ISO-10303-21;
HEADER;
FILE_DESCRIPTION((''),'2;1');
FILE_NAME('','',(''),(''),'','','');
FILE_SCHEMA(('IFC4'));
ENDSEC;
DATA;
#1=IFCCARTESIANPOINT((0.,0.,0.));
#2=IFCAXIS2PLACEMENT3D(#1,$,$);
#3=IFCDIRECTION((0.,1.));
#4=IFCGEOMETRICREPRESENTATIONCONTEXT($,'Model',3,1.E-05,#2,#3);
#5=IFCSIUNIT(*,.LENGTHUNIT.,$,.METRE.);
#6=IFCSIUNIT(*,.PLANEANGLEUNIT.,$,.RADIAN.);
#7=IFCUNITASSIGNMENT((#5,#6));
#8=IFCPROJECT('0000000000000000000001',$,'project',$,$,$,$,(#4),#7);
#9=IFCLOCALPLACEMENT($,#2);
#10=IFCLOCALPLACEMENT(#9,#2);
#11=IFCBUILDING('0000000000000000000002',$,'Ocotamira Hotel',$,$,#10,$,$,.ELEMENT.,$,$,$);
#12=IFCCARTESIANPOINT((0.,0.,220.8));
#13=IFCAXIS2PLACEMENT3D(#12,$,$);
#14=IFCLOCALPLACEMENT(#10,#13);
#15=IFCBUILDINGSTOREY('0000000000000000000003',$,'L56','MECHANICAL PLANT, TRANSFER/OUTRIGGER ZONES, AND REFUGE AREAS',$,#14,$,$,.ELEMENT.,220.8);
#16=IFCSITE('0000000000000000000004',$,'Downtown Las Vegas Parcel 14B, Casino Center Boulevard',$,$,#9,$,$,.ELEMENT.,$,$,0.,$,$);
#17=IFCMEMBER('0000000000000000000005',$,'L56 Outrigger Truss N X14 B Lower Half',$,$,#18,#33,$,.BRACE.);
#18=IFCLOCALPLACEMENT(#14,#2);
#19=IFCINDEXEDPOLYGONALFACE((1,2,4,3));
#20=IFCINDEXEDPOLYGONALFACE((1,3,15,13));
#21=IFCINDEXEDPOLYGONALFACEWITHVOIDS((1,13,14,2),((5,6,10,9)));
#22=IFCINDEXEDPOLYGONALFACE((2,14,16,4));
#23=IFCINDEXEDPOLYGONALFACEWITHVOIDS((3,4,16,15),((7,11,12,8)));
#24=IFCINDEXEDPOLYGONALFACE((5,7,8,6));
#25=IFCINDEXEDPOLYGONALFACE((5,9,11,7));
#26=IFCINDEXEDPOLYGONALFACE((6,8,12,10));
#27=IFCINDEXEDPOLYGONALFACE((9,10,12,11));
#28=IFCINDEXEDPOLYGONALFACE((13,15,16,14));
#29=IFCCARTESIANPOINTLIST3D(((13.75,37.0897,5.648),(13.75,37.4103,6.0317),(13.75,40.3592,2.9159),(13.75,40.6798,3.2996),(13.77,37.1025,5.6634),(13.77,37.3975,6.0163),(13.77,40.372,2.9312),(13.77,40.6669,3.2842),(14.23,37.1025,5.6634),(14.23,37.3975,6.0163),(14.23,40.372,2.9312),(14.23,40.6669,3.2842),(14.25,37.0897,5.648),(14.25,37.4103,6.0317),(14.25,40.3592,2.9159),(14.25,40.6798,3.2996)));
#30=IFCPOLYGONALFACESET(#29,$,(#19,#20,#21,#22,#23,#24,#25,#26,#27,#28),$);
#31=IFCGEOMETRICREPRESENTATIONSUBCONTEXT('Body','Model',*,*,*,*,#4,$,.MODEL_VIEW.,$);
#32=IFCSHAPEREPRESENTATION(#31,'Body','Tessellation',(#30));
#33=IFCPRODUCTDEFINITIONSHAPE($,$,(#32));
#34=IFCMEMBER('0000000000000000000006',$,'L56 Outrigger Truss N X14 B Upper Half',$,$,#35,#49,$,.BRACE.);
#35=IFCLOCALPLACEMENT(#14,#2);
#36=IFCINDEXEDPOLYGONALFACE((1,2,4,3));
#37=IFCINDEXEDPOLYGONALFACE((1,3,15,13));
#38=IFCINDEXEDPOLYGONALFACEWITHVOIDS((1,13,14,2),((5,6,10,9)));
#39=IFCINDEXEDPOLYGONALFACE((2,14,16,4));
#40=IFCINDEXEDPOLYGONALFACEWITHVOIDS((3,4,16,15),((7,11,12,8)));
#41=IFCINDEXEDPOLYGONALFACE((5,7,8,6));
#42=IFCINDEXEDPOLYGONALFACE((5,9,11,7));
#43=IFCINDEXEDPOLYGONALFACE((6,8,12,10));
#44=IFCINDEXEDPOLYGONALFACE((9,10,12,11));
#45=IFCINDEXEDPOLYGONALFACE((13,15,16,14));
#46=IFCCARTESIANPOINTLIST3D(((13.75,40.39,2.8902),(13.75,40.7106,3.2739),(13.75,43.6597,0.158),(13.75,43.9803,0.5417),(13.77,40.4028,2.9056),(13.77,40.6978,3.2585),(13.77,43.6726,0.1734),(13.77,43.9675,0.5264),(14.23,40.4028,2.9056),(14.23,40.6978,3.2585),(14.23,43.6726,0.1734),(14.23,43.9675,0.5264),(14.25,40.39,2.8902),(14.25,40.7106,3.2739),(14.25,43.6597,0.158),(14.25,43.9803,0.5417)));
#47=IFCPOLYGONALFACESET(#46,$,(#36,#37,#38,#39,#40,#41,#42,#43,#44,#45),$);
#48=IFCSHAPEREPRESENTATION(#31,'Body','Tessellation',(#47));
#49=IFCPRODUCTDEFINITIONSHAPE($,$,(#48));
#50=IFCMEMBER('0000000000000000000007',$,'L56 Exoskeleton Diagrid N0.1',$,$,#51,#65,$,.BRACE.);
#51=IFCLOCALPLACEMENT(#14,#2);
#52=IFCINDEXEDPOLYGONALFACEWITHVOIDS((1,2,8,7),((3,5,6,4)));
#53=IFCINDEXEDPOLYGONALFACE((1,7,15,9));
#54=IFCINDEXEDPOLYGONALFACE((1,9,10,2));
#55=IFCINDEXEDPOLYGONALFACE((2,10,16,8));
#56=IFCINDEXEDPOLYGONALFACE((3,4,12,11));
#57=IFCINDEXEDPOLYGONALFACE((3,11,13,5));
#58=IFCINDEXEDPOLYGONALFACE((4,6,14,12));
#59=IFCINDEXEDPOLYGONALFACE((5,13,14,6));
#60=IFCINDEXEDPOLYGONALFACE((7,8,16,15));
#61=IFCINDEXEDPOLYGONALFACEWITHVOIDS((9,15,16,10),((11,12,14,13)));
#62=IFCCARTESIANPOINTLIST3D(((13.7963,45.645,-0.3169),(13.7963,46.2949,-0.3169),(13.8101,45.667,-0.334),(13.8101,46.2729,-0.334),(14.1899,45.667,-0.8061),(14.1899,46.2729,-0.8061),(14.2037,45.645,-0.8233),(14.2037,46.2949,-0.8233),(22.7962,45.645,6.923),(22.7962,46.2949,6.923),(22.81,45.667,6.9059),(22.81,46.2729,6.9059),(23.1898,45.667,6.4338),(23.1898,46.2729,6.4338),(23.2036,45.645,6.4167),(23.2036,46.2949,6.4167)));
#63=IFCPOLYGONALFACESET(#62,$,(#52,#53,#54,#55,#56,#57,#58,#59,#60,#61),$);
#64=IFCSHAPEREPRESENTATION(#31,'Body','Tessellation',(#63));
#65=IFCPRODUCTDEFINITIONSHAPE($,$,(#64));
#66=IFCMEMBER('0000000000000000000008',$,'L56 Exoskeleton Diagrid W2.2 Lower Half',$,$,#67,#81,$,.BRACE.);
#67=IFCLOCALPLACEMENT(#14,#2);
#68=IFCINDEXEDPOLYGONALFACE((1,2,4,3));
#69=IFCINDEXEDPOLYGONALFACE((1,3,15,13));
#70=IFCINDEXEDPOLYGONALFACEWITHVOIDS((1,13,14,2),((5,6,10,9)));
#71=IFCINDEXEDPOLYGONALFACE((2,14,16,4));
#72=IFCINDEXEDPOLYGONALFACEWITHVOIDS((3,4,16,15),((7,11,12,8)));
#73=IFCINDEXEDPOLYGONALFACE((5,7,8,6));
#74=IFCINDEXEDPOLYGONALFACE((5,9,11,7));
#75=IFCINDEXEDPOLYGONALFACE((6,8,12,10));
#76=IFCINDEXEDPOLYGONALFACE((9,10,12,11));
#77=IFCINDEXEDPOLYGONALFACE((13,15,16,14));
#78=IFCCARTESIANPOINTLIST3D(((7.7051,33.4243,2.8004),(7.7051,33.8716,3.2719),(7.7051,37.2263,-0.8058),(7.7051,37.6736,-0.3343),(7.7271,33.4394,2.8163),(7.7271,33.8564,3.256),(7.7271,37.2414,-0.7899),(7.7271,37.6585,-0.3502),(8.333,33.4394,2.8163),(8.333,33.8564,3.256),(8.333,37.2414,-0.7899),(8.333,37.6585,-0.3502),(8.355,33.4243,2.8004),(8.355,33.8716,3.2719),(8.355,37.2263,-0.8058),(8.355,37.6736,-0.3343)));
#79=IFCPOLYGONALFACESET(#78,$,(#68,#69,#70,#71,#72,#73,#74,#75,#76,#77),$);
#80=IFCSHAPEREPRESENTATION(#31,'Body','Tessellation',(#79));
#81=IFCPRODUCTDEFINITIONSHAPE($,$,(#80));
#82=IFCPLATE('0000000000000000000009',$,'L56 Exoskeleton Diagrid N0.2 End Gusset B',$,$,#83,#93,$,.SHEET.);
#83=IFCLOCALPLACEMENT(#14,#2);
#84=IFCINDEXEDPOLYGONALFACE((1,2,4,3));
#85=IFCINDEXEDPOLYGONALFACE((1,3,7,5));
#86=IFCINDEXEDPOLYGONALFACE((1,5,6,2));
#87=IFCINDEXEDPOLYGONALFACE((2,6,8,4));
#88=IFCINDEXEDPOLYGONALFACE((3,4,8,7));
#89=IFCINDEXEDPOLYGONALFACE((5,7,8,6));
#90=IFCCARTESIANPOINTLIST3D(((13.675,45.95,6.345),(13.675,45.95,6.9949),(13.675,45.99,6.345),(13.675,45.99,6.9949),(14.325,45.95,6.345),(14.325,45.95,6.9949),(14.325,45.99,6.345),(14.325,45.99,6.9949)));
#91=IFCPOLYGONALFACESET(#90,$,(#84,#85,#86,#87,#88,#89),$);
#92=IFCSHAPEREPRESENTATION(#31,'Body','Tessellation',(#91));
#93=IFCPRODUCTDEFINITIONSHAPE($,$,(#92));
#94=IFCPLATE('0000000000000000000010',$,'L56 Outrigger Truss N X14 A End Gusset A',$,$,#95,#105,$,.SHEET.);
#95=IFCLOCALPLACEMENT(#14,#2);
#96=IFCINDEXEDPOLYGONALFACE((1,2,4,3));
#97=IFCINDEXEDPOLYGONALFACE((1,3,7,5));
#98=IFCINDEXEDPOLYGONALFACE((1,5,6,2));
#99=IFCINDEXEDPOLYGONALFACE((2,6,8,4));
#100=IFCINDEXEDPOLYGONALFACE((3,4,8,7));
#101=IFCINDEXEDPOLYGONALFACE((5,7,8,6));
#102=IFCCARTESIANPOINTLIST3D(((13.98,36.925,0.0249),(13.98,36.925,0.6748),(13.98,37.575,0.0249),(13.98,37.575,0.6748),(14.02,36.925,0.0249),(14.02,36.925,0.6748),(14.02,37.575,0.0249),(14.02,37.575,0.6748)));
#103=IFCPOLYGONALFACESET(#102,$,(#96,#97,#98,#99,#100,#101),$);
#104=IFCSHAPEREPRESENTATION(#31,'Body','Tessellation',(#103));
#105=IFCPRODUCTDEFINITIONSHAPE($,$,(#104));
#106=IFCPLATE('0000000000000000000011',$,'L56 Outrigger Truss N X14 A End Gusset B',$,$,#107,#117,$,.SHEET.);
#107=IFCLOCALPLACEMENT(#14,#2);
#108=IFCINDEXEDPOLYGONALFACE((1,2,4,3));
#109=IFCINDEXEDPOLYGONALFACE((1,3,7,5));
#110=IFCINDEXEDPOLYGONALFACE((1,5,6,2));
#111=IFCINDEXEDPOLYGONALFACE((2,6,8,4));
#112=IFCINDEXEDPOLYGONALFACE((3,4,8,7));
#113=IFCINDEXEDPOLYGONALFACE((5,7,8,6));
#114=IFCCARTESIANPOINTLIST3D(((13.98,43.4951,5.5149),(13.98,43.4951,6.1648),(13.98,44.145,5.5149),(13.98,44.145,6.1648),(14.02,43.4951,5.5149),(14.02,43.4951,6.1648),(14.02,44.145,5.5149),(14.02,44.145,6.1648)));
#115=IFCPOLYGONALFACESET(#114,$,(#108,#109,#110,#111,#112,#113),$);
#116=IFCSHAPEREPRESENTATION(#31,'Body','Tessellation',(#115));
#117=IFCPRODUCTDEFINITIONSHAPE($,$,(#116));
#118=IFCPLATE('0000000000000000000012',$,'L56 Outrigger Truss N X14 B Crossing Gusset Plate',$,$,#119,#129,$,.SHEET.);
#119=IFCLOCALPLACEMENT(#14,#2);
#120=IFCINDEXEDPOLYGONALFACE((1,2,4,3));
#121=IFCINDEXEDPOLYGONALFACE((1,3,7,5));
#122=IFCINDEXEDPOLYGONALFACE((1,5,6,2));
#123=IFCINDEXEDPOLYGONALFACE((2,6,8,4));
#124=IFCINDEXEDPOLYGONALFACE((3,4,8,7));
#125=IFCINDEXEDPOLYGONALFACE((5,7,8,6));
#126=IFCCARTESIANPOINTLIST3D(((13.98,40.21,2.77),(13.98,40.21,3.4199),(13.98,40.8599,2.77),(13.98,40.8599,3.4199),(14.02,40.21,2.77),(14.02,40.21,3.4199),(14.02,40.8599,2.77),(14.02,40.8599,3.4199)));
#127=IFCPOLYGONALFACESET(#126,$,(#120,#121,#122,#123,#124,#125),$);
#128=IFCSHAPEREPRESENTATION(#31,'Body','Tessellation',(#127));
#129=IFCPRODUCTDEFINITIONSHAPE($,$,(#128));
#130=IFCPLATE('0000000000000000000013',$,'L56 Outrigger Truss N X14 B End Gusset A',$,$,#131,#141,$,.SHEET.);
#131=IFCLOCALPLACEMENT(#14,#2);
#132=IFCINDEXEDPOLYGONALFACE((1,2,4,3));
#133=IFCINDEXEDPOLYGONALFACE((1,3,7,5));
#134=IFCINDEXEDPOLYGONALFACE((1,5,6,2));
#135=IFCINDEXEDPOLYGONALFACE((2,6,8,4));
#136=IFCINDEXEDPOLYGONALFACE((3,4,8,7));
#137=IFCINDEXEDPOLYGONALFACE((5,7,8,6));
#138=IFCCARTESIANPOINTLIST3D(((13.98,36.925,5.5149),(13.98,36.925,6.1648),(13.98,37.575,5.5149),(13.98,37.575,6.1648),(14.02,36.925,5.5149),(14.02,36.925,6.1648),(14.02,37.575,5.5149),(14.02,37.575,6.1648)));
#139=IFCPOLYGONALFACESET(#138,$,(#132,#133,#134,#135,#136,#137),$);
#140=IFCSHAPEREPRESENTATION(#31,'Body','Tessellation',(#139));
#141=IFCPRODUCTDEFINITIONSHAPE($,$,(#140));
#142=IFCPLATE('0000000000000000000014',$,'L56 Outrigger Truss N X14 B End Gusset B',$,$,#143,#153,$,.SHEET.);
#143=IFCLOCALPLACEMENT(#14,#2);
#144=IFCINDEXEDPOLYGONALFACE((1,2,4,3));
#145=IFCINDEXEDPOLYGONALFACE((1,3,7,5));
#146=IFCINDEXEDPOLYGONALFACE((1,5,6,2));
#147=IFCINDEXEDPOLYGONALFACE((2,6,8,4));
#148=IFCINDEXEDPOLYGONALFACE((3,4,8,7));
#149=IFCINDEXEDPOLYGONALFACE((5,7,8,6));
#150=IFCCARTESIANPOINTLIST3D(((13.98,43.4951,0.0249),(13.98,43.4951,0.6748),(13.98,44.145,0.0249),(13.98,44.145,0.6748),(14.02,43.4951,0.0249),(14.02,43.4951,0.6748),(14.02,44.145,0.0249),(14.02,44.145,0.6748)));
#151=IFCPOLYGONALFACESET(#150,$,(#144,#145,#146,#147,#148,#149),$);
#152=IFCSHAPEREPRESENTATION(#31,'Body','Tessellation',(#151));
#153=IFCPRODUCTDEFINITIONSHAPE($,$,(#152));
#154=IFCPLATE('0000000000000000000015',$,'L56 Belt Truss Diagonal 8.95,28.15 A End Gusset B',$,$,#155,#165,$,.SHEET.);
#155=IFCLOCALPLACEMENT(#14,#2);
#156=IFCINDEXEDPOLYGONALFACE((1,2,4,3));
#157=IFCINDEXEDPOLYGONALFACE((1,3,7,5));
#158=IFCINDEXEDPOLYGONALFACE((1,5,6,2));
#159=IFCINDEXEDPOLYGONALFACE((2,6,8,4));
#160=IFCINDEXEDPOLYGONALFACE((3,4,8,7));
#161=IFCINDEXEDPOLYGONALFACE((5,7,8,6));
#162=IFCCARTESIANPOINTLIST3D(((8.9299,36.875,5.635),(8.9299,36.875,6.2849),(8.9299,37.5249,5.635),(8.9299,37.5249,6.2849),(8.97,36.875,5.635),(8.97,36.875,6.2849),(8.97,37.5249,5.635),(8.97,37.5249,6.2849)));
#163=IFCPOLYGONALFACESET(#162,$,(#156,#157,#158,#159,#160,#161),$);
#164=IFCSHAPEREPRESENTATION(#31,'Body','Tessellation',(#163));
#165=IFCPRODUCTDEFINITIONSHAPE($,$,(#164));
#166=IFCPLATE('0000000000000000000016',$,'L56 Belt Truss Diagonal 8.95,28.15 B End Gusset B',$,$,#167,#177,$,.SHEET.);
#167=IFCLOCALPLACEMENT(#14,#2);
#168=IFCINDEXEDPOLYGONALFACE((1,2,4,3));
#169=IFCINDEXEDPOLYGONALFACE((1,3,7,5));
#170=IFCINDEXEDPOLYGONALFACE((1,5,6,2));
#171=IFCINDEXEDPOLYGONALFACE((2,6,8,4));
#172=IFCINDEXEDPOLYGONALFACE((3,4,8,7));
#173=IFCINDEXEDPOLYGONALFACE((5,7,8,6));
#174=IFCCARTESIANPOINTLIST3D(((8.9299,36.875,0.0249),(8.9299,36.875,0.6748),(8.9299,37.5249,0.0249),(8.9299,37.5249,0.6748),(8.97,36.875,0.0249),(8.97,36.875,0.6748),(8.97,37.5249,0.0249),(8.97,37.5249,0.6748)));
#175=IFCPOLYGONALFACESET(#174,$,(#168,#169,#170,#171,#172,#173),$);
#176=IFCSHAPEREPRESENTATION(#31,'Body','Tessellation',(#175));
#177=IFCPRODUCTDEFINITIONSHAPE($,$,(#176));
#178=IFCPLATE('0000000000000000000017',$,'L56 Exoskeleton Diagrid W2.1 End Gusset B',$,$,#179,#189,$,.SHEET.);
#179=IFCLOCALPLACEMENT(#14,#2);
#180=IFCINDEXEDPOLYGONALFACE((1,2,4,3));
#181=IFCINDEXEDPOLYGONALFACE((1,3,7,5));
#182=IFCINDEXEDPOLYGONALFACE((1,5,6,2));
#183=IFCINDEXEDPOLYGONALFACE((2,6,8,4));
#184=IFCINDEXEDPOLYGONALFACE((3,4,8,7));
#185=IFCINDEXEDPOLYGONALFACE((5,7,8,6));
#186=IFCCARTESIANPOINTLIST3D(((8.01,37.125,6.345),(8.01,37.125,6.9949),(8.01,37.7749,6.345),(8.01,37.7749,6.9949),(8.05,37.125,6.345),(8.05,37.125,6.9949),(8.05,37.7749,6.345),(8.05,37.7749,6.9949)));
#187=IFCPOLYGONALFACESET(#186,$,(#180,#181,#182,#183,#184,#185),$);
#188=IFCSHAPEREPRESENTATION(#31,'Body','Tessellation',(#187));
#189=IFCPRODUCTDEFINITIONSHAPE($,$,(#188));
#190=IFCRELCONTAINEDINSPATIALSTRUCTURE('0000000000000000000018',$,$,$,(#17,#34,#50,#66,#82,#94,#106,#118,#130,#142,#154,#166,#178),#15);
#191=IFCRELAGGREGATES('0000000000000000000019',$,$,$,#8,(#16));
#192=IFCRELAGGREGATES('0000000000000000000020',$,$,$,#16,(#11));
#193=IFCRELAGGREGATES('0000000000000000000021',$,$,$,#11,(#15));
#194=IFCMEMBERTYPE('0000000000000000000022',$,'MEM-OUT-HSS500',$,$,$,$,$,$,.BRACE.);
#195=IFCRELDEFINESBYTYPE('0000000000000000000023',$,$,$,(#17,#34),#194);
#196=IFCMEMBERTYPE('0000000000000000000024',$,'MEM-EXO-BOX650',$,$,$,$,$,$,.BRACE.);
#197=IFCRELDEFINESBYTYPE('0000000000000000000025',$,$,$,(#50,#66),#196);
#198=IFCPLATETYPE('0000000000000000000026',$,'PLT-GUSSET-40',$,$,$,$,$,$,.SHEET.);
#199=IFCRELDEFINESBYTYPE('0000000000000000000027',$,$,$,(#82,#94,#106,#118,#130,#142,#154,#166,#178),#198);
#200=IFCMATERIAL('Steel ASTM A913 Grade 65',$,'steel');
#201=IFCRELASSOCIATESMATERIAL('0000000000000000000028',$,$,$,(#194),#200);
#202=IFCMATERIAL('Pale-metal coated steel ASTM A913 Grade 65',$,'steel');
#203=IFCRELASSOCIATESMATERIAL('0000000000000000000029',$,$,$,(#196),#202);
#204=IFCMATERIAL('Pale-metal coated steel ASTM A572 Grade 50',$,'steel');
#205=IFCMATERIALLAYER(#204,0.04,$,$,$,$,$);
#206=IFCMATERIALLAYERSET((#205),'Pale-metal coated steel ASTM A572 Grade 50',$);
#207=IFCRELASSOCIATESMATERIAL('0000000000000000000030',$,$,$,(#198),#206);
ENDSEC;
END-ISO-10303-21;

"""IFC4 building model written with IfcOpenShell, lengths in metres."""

from ifc_helpers import new_model, si_unit, direction, frame, origin, origin_2d, place, context, subcontext, project, spatial, rectangle, hollow_rectangle, extrude, source, transform, mapped, material, layer, layer_set, material_profile, profile_set, type_object, element, save


model = new_model("IFC4")

# Units and contexts
model_context = context("Model", 3, precision=1e-05, world=origin(), true_north=direction((0.0, 1.0)))
body_context = subcontext(model_context, "Body", "Model", "MODEL_VIEW")
ifc_project = project(units=[si_unit("LENGTHUNIT", "METRE"), si_unit("PLANEANGLEUNIT", "RADIAN")], contexts=[model_context])

# Site, building, storey
site_placement = place(None, origin())
site = spatial("IfcSite", under=ifc_project, at=site_placement, Name="Downtown Las Vegas Parcel 14B, Casino Center Boulevard", CompositionType="ELEMENT", RefElevation=0.0)
building_placement = place(site_placement, origin())
building = spatial("IfcBuilding", under=site, at=building_placement, Name="Ocotamira Hotel", CompositionType="ELEMENT")
storey_placement = place(building_placement, frame((0.0, 0.0, 220.8)))
storey = spatial("IfcBuildingStorey", under=building, at=storey_placement, Name="L56", Description="MECHANICAL PLANT, TRANSFER/OUTRIGGER ZONES, AND REFUGE AREAS", CompositionType="ELEMENT", Elevation=220.8)

# Shared definitions
ifc_material_1 = material(Name="Steel ASTM A913 Grade 65", Category="steel")

# Members
ifc_material_profile_1 = material_profile(ifc_material_1, hollow_rectangle(XDim=0.5, YDim=0.5, WallThickness=0.02, at=origin_2d()), Name="HSS500X500X20")
ifc_profile_set_1 = profile_set([ifc_material_profile_1], Name="Steel ASTM A913 Grade 65")
member_type_1 = type_object("IfcMemberType", Name="MEM-OUT-HSS500", PredefinedType="BRACE", material=ifc_profile_set_1)
shared_shape_1 = source(origin(), body_context, "Body", "SweptSolid", [
    extrude(hollow_rectangle(XDim=0.5, YDim=0.5, WallThickness=0.02, at=origin_2d()), origin(), (0.0, 0.0, 1.0), 4.2607),
])
member_1_placement = place(storey_placement, frame((14.0, 37.25, 5.8398), z_axis=(0.0, 0.767347, -0.641232), x_axis=(-1.0, 0.0, 0.0)))
element("IfcMember", 1, at=member_1_placement, inside=storey, type_object=member_type_1, Name="L56 Outrigger Truss N X14 B Lower Half", PredefinedType="BRACE", context=body_context, shape_type="MappedRepresentation", body=[
    mapped(shared_shape_1, transform((0.0, 0.0, 0.0), scale=1.0)),
])
shared_shape_2 = source(origin(), body_context, "Body", "SweptSolid", [
    extrude(hollow_rectangle(XDim=0.5, YDim=0.5, WallThickness=0.02, at=origin_2d()), origin(), (0.0, 0.0, 1.0), 4.261),
])
member_2_placement = place(storey_placement, frame((14.0, 40.5503, 3.082), z_axis=(0.0, 0.767371, -0.641204), x_axis=(-1.0, 0.0, 0.0)))
element("IfcMember", 2, at=member_2_placement, inside=storey, type_object=member_type_1, Name="L56 Outrigger Truss N X14 B Upper Half", PredefinedType="BRACE", context=body_context, shape_type="MappedRepresentation", body=[
    mapped(shared_shape_2, transform((0.0, 0.0, 0.0), scale=1.0)),
])
ifc_material_2 = material(Name="Pale-metal coated steel ASTM A913 Grade 65", Category="steel")
ifc_material_profile_2 = material_profile(ifc_material_2, hollow_rectangle(XDim=0.6499, YDim=0.6499, WallThickness=0.022, at=origin_2d()), Name="BOX650X650X22")
ifc_profile_set_2 = profile_set([ifc_material_profile_2], Name="Pale-metal coated steel ASTM A913 Grade 65")
member_type_2 = type_object("IfcMemberType", Name="MEM-EXO-BOX650", PredefinedType="BRACE", material=ifc_profile_set_2)
shared_shape_3 = source(origin(), body_context, "Body", "SweptSolid", [
    extrude(hollow_rectangle(XDim=0.6499, YDim=0.6499, WallThickness=0.022, at=origin_2d()), origin(), (0.0, 0.0, 1.0), 11.5505),
])
member_3_placement = place(storey_placement, frame((14.0, 45.97, -0.5701), z_axis=(0.779177, 0.0, 0.626804), x_axis=(0.0, 1.0, 0.0)))
element("IfcMember", 3, at=member_3_placement, inside=storey, type_object=member_type_2, Name="L56 Exoskeleton Diagrid N0.1", PredefinedType="BRACE", context=body_context, shape_type="MappedRepresentation", body=[
    mapped(shared_shape_3, transform((0.0, 0.0, 0.0), scale=1.0)),
])
shared_shape_4 = source(origin(), body_context, "Body", "SweptSolid", [
    extrude(hollow_rectangle(XDim=0.6499, YDim=0.6499, WallThickness=0.022, at=origin_2d()), origin(), (0.0, 0.0, 1.0), 5.2402),
])
member_4_placement = place(storey_placement, frame((8.03, 37.45, -0.5701), z_axis=(0.0, -0.725542, 0.688177), x_axis=(1.0, 0.0, 0.0)))
element("IfcMember", 4, at=member_4_placement, inside=storey, type_object=member_type_2, Name="L56 Exoskeleton Diagrid W2.2 Lower Half", PredefinedType="BRACE", context=body_context, shape_type="MappedRepresentation", body=[
    mapped(shared_shape_4, transform((0.0, 0.0, 0.0), scale=1.0)),
])

# Plates
ifc_material_3 = material(Name="Pale-metal coated steel ASTM A572 Grade 50", Category="steel")
ifc_layer_1 = layer(ifc_material_3, 0.04)
ifc_layer_set_1 = layer_set([ifc_layer_1], Name="Pale-metal coated steel ASTM A572 Grade 50")
plate_type = type_object("IfcPlateType", Name="PLT-GUSSET-40", PredefinedType="SHEET", material=ifc_layer_set_1)
shared_shape_5 = source(origin(), body_context, "Body", "SweptSolid", [
    extrude(rectangle(XDim=0.6499, YDim=0.04, at=origin_2d()), origin(), (0.0, 0.0, 1.0), 0.6499),
])
plate_placement = place(storey_placement, frame((14.0, 45.97, 6.345), z_axis=(0.0, 0.0, 1.0), x_axis=(-1.0, 0.0, 0.0)))
element("IfcPlate", 5, at=plate_placement, inside=storey, type_object=plate_type, Name="L56 Exoskeleton Diagrid N0.2 End Gusset B", PredefinedType="SHEET", context=body_context, shape_type="MappedRepresentation", body=[
    mapped(shared_shape_5, transform((0.0, 0.0, 0.0), scale=1.0)),
])
shared_shape_6 = source(origin(), body_context, "Body", "SweptSolid", [
    extrude(rectangle(XDim=0.04, YDim=0.6499, at=origin_2d()), origin(), (0.0, 0.0, 1.0), 0.6499),
])
for number, where, z_axis, x_axis, name in (
    (6, (14.0, 37.25, 0.0249), (0.0, 0.0, 1.0), (1.0, 0.0, 0.0), "L56 Outrigger Truss N X14 A End Gusset A"),
    (7, (14.0, 43.8201, 5.5149), (0.0, 0.0, 1.0), (1.0, 0.0, 0.0), "L56 Outrigger Truss N X14 A End Gusset B"),
    (8, (14.0, 40.5349, 2.77), (0.0, 0.0, 1.0), (1.0, 0.0, 0.0), "L56 Outrigger Truss N X14 B Crossing Gusset Plate"),
    (9, (14.0, 37.25, 5.5149), (0.0, 0.0, 1.0), (1.0, 0.0, 0.0), "L56 Outrigger Truss N X14 B End Gusset A"),
    (10, (14.0, 43.8201, 0.0249), (0.0, 0.0, 1.0), (1.0, 0.0, 0.0), "L56 Outrigger Truss N X14 B End Gusset B"),
    (11, (8.95, 37.2, 5.635), (0.0, 0.0, 1.0), (1.0, 0.0, 0.0), "L56 Belt Truss Diagonal 8.95,28.15 A End Gusset B"),
    (12, (8.95, 37.2, 0.0249), (0.0, 0.0, 1.0), (1.0, 0.0, 0.0), "L56 Belt Truss Diagonal 8.95,28.15 B End Gusset B"),
    (13, (8.03, 37.45, 6.345), (0.0, 0.0, 1.0), (1.0, 0.0, 0.0), "L56 Exoskeleton Diagrid W2.1 End Gusset B"),
):
    element("IfcPlate", number, at=place(storey_placement, frame(where, z_axis=z_axis, x_axis=x_axis)), inside=storey, type_object=plate_type, Name=name, PredefinedType="SHEET", context=body_context, shape_type="MappedRepresentation", body=[
        mapped(shared_shape_6, transform((0.0, 0.0, 0.0), scale=1.0)),
    ])

save(model, "model.ifc")
